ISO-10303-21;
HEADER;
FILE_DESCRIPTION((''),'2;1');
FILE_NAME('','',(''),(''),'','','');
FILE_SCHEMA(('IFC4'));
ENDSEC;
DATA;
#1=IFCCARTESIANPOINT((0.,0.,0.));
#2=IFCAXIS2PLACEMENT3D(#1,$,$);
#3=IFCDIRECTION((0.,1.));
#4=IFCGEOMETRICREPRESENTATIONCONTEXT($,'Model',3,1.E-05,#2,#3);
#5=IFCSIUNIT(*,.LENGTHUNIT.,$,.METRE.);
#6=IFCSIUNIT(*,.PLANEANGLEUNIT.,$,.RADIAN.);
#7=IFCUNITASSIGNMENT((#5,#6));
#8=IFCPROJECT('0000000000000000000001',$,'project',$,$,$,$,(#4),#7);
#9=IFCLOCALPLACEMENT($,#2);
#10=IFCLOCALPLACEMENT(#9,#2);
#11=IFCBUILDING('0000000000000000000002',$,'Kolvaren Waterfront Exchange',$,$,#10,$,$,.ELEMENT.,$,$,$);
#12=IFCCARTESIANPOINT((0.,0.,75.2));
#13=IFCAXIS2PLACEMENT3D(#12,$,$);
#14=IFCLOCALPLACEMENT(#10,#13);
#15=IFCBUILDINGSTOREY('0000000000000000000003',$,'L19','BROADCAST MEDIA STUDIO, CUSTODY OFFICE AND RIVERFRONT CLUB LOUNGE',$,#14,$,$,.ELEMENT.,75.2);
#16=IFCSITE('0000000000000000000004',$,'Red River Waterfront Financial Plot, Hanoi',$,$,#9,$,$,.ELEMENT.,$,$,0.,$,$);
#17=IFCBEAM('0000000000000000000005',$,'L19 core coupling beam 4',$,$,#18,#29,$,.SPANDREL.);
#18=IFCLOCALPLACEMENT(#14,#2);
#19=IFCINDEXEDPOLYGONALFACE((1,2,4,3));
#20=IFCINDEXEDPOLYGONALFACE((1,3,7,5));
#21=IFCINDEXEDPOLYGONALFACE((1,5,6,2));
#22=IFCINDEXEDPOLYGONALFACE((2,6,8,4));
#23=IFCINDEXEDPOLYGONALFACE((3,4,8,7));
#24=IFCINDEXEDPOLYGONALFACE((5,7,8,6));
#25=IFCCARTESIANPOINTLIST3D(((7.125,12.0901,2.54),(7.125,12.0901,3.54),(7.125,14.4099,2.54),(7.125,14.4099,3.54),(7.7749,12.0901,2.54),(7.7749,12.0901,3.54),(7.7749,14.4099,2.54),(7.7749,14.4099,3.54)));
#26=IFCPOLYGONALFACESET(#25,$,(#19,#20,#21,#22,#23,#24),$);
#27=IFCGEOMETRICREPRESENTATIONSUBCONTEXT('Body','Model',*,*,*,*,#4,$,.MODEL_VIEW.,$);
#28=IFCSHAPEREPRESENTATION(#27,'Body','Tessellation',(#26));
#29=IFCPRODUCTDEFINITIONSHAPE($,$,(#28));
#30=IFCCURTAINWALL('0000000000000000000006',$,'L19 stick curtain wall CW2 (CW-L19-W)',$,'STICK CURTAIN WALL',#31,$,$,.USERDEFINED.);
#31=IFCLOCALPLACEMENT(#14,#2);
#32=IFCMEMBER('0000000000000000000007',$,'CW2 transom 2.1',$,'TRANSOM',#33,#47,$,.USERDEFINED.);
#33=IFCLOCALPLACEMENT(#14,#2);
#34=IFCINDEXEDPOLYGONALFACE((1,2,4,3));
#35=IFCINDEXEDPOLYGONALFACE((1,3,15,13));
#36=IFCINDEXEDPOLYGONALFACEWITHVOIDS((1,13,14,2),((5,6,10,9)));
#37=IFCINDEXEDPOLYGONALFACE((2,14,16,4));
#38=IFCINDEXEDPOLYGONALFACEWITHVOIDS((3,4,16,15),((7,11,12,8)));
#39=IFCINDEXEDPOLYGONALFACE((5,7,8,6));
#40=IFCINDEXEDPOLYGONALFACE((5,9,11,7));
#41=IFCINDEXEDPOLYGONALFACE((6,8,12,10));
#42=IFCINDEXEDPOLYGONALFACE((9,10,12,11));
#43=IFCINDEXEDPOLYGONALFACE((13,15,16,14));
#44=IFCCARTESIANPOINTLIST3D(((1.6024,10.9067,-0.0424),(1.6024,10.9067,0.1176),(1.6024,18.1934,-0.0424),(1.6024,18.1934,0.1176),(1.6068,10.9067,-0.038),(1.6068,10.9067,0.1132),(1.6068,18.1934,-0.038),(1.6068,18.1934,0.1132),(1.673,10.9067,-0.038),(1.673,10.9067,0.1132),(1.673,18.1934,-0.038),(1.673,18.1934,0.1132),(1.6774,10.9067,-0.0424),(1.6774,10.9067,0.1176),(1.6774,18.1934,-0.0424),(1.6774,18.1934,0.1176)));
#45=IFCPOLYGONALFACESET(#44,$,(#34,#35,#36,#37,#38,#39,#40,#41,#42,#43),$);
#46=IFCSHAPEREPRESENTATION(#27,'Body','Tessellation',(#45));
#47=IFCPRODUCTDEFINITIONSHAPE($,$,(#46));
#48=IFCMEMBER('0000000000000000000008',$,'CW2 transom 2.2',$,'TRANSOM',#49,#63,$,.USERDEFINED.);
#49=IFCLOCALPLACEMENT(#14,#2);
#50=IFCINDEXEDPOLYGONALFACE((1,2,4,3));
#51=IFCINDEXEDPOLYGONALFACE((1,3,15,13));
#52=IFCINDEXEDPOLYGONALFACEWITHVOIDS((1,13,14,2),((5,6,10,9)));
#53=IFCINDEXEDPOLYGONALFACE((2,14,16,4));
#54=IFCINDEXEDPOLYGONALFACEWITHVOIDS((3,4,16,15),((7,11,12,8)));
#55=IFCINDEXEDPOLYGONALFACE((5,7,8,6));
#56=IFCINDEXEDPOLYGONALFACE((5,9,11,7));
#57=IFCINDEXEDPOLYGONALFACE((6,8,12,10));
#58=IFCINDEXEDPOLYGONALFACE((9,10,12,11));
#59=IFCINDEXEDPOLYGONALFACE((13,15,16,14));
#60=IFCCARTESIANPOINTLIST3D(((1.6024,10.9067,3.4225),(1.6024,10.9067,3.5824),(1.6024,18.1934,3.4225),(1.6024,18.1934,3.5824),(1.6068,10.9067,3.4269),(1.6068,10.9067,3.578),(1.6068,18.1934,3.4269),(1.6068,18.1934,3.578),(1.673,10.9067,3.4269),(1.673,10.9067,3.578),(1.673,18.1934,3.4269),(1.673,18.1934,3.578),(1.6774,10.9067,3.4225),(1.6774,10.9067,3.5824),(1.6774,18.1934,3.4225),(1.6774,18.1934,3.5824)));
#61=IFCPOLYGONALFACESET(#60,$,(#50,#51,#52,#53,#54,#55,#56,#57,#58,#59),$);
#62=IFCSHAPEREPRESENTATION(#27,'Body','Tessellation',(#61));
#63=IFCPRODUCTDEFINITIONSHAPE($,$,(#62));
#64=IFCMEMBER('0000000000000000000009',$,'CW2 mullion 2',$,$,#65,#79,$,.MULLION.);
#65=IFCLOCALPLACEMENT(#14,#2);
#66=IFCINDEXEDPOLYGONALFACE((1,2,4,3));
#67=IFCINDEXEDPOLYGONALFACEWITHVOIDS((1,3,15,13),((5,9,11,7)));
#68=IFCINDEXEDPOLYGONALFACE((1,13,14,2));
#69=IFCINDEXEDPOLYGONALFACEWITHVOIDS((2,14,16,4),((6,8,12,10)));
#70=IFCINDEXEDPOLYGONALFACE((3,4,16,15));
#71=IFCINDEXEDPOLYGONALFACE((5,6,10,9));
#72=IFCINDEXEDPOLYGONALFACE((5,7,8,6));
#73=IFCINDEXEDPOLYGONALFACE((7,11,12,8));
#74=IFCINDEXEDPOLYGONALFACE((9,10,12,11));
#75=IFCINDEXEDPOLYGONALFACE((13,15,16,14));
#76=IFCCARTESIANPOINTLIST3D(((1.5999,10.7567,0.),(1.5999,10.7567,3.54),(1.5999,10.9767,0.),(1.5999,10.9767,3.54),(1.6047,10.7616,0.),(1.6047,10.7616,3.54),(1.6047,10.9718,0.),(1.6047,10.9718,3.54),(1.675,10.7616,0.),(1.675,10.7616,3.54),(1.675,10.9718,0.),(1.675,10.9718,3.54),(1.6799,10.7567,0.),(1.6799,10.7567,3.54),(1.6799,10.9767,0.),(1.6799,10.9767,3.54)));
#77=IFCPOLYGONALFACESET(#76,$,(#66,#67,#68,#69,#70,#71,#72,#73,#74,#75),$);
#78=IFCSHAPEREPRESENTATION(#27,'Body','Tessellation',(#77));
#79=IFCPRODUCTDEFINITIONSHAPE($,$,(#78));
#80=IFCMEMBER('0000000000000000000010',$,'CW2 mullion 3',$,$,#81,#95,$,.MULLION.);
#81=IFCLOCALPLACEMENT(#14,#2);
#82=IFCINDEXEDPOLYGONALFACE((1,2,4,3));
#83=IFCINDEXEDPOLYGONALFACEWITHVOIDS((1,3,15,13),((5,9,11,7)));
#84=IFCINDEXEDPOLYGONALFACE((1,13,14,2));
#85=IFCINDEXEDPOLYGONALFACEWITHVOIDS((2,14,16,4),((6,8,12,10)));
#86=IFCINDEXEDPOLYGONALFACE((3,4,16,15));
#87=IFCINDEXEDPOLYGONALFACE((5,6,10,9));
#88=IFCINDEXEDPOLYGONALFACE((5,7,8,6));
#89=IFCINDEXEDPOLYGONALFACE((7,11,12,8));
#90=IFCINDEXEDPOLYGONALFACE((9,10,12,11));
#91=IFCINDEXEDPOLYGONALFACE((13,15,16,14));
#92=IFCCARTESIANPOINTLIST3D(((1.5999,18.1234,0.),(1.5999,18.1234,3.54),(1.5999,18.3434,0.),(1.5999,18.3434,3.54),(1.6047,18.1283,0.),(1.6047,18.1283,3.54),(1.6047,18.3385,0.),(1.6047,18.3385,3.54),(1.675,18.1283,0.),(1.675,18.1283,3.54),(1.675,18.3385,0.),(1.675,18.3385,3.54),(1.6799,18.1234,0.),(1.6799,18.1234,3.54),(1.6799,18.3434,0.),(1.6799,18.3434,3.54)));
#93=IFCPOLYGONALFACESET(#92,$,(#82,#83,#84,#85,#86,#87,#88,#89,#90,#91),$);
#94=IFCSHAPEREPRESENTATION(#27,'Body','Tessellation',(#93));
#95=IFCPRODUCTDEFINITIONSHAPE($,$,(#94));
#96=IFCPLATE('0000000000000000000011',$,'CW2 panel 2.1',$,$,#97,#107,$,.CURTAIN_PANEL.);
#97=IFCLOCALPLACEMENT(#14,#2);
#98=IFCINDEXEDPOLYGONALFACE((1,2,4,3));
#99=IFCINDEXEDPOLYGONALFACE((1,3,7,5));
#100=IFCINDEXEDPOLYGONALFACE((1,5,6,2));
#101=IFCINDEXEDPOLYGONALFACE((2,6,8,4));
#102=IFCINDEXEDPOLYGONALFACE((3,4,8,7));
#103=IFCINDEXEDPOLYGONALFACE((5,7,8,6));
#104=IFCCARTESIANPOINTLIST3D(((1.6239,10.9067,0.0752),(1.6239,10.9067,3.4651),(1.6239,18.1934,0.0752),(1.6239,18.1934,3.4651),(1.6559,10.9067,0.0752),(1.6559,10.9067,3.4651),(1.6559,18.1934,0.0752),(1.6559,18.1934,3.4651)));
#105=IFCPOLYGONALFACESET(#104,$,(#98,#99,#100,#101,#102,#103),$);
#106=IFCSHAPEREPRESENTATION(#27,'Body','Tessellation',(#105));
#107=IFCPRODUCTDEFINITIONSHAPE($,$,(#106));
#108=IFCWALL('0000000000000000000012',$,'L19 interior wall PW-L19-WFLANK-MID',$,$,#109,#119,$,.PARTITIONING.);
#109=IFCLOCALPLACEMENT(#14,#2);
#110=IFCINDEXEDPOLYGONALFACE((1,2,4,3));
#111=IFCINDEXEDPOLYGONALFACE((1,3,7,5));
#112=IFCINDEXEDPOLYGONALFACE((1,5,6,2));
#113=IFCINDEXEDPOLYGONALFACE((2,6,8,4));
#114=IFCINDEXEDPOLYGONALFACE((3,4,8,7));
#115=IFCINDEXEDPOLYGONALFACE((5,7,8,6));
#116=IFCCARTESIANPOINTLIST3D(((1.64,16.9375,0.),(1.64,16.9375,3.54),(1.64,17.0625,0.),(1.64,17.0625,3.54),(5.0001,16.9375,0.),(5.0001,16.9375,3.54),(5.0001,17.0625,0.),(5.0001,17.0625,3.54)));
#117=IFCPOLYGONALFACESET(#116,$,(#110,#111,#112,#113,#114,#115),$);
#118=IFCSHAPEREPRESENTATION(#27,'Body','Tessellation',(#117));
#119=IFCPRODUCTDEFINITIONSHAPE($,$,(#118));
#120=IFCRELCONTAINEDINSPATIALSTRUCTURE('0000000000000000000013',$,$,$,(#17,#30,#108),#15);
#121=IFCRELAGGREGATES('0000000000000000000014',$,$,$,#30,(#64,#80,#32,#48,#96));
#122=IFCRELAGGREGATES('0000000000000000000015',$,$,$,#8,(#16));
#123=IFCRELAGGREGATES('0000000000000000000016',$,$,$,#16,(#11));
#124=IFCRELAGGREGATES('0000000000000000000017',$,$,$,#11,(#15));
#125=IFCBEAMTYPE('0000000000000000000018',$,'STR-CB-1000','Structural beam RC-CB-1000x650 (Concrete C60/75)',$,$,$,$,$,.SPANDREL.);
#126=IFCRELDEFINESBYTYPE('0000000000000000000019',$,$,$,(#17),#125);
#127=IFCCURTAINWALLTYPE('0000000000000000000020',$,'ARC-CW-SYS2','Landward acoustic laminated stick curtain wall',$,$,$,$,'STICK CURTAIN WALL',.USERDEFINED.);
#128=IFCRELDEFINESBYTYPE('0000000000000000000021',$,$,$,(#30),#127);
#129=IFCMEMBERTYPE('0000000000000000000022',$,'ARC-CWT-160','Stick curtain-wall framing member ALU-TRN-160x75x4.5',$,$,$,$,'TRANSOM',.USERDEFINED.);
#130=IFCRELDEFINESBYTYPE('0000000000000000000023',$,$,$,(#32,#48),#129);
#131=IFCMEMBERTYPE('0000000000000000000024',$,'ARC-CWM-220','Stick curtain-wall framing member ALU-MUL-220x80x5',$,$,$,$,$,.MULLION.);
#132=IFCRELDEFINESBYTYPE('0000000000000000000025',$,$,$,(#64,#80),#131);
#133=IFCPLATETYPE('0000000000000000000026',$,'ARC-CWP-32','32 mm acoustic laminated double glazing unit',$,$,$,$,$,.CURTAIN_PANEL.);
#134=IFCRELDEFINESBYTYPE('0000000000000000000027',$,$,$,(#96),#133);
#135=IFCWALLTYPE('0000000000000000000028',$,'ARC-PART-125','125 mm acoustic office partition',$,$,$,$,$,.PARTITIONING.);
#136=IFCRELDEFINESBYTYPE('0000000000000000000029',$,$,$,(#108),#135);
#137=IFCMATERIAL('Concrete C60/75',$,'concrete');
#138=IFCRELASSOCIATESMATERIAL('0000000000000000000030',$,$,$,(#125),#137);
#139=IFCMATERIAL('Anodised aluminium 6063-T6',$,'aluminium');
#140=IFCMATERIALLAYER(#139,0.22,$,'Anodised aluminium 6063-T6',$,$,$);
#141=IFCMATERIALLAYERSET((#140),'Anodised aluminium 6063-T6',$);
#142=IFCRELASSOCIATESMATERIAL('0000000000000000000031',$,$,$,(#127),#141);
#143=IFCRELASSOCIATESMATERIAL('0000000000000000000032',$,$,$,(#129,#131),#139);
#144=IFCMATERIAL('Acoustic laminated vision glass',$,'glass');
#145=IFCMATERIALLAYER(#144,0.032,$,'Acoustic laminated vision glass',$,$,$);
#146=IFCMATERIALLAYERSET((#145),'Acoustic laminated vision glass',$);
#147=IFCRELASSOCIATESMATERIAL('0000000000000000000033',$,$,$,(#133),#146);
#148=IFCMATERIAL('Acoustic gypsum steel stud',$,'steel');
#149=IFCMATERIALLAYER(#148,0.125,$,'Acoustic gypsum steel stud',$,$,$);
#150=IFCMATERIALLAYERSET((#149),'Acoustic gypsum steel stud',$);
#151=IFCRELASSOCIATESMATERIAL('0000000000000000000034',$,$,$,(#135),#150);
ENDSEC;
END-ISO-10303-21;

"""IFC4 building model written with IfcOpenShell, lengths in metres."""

from ifc_helpers import new_model, si_unit, direction, frame, frame_2d, origin, origin_with_axes, origin_2d, place, context, subcontext, project, spatial, rectangle, hollow_rectangle, extrude, source, transform, mapped, material, layer, layer_set, material_profile, profile_set, type_object, element, aggregate, save


model = new_model("IFC4")

# Units and contexts
model_context = context("Model", 3, precision=1e-05, world=origin(), true_north=direction((0.0, 1.0)))
body_context = subcontext(model_context, "Body", "Model", "MODEL_VIEW")
ifc_project = project(units=[si_unit("LENGTHUNIT", "METRE"), si_unit("PLANEANGLEUNIT", "RADIAN")], contexts=[model_context])

# Site, building, storey
site_placement = place(None, origin())
site = spatial("IfcSite", under=ifc_project, at=site_placement, Name="Red River Waterfront Financial Plot, Hanoi", CompositionType="ELEMENT", RefElevation=0.0)
building_placement = place(site_placement, origin())
building = spatial("IfcBuilding", under=site, at=building_placement, Name="Kolvaren Waterfront Exchange", CompositionType="ELEMENT")
storey_placement = place(building_placement, frame((0.0, 0.0, 75.2)))
storey = spatial("IfcBuildingStorey", under=building, at=storey_placement, Name="L19", Description="BROADCAST MEDIA STUDIO, CUSTODY OFFICE AND RIVERFRONT CLUB LOUNGE", CompositionType="ELEMENT", Elevation=75.2)

# Beam
ifc_material_1 = material(Name="Concrete C60/75", Category="concrete")
ifc_material_profile_1 = material_profile(ifc_material_1, rectangle(XDim=0.6499, YDim=1.0, at=origin_2d()), Name="RC-CB-1000x650")
ifc_profile_set_1 = profile_set([ifc_material_profile_1], Name="Concrete C60/75")
beam_type = type_object("IfcBeamType", Name="STR-CB-1000", Description="Structural beam RC-CB-1000x650 (Concrete C60/75)", PredefinedType="SPANDREL", material=ifc_profile_set_1)
beam_placement = place(storey_placement, frame((7.45, 12.0901, 3.04), z_axis=(0.0, 1.0, 0.0), x_axis=(-1.0, 0.0, 0.0)))
element("IfcBeam", 1, at=beam_placement, inside=storey, type_object=beam_type, Name="L19 core coupling beam 4", PredefinedType="SPANDREL", context=body_context, shape_type="SweptSolid", body=[
    extrude(rectangle(XDim=0.6499, YDim=1.0, at=origin_2d()), origin(), (0.0, 0.0, 1.0), 2.3198),
])

# Curtain wall, members, plate
ifc_material_2 = material(Name="Anodised aluminium 6063-T6", Category="aluminium")
ifc_layer_1 = layer(ifc_material_2, 0.22, Name="Anodised aluminium 6063-T6")
ifc_layer_set_1 = layer_set([ifc_layer_1], Name="Anodised aluminium 6063-T6")
curtain_wall_type = type_object("IfcCurtainWallType", Name="ARC-CW-SYS2", Description="Landward acoustic laminated stick curtain wall", ElementType="STICK CURTAIN WALL", PredefinedType="USERDEFINED", material=ifc_layer_set_1)
curtain_wall_placement = place(storey_placement, origin())
curtain_wall = element("IfcCurtainWall", 2, at=curtain_wall_placement, inside=storey, type_object=curtain_wall_type, Name="L19 stick curtain wall CW2 (CW-L19-W)", ObjectType="STICK CURTAIN WALL", PredefinedType="USERDEFINED")
ifc_material_profile_2 = material_profile(ifc_material_2, hollow_rectangle(XDim=0.075, YDim=0.1599, WallThickness=0.0044, at=origin_2d()), Name="ALU-TRN-160x75x4.5")
ifc_profile_set_2 = profile_set([ifc_material_profile_2], Name="Anodised aluminium 6063-T6")
member_type_1 = type_object("IfcMemberType", Name="ARC-CWT-160", Description="Stick curtain-wall framing member ALU-TRN-160x75x4.5", ElementType="TRANSOM", PredefinedType="USERDEFINED", material=ifc_profile_set_2)
shared_shape_1 = source(origin_with_axes(), body_context, "Body", "SweptSolid", [
    extrude(hollow_rectangle(XDim=0.075, YDim=0.1599, WallThickness=0.0044, at=origin_2d()), origin(), (0.0, 0.0, 1.0), 7.2866),
])
member_1_placement = place(storey_placement, frame((1.6399, 10.9067, 0.0376), z_axis=(0.0, 1.0, 0.0), x_axis=(-1.0, 0.0, 0.0)))
member_1 = element("IfcMember", 3, at=member_1_placement, type_object=member_type_1, Name="CW2 transom 2.1", ObjectType="TRANSOM", PredefinedType="USERDEFINED", context=body_context, shape_type="MappedRepresentation", body=[
    mapped(shared_shape_1, transform((0.0, 0.0, 0.0), x_axis=(1.0, 0.0, 0.0), y_axis=(0.0, 1.0, 0.0), z_axis=(0.0, 0.0, 1.0), scale=1.0)),
])
member_2_placement = place(storey_placement, frame((1.6399, 10.9067, 3.5024), z_axis=(0.0, 1.0, 0.0), x_axis=(-1.0, 0.0, 0.0)))
member_2 = element("IfcMember", 4, at=member_2_placement, type_object=member_type_1, Name="CW2 transom 2.2", ObjectType="TRANSOM", PredefinedType="USERDEFINED", context=body_context, shape_type="MappedRepresentation", body=[
    mapped(shared_shape_1, transform((0.0, 0.0, 0.0), x_axis=(1.0, 0.0, 0.0), y_axis=(0.0, 1.0, 0.0), z_axis=(0.0, 0.0, 1.0), scale=1.0)),
])
ifc_material_profile_3 = material_profile(ifc_material_2, hollow_rectangle(XDim=0.0801, YDim=0.22, WallThickness=0.0049, at=origin_2d()), Name="ALU-MUL-220x80x5")
ifc_profile_set_3 = profile_set([ifc_material_profile_3], Name="Anodised aluminium 6063-T6")
member_type_2 = type_object("IfcMemberType", Name="ARC-CWM-220", Description="Stick curtain-wall framing member ALU-MUL-220x80x5", PredefinedType="MULLION", material=ifc_profile_set_3)
shared_shape_2 = source(origin_with_axes(), body_context, "Body", "SweptSolid", [
    extrude(hollow_rectangle(XDim=0.0801, YDim=0.22, WallThickness=0.0049, at=origin_2d()), origin(), (0.0, 0.0, 1.0), 3.54),
])
member_3_placement = place(storey_placement, frame((1.6399, 10.8667, 0.0), z_axis=(0.0, 0.0, 1.0), x_axis=(-1.0, 0.0, 0.0)))
member_3 = element("IfcMember", 5, at=member_3_placement, type_object=member_type_2, Name="CW2 mullion 2", PredefinedType="MULLION", context=body_context, shape_type="MappedRepresentation", body=[
    mapped(shared_shape_2, transform((0.0, 0.0, 0.0), x_axis=(1.0, 0.0, 0.0), y_axis=(0.0, 1.0, 0.0), z_axis=(0.0, 0.0, 1.0), scale=1.0)),
])
member_4_placement = place(storey_placement, frame((1.6399, 18.2334, 0.0), z_axis=(0.0, 0.0, 1.0), x_axis=(-1.0, 0.0, 0.0)))
member_4 = element("IfcMember", 6, at=member_4_placement, type_object=member_type_2, Name="CW2 mullion 3", PredefinedType="MULLION", context=body_context, shape_type="MappedRepresentation", body=[
    mapped(shared_shape_2, transform((0.0, 0.0, 0.0), x_axis=(1.0, 0.0, 0.0), y_axis=(0.0, 1.0, 0.0), z_axis=(0.0, 0.0, 1.0), scale=1.0)),
])
ifc_material_3 = material(Name="Acoustic laminated vision glass", Category="glass")
ifc_layer_2 = layer(ifc_material_3, 0.032, Name="Acoustic laminated vision glass")
ifc_layer_set_2 = layer_set([ifc_layer_2], Name="Acoustic laminated vision glass")
plate_type = type_object("IfcPlateType", Name="ARC-CWP-32", Description="32 mm acoustic laminated double glazing unit", PredefinedType="CURTAIN_PANEL", material=ifc_layer_set_2)
shared_shape_3 = source(origin_with_axes(), body_context, "Body", "SweptSolid", [
    extrude(rectangle(XDim=7.2866, YDim=0.032, at=origin_2d()), origin(), (0.0, 0.0, 1.0), 3.3899),
])
plate_placement = place(storey_placement, frame((1.6399, 14.55, 0.0752), z_axis=(0.0, 0.0, 1.0), x_axis=(0.0, 1.0, 0.0)))
plate = element("IfcPlate", 7, at=plate_placement, type_object=plate_type, Name="CW2 panel 2.1", PredefinedType="CURTAIN_PANEL", context=body_context, shape_type="MappedRepresentation", body=[
    mapped(shared_shape_3, transform((0.0, 0.0, 0.0), x_axis=(1.0, 0.0, 0.0), y_axis=(0.0, 1.0, 0.0), z_axis=(0.0, 0.0, 1.0), scale=1.0)),
])
aggregate(curtain_wall, [member_3, member_4, member_1, member_2, plate])

# Wall
ifc_material_4 = material(Name="Acoustic gypsum steel stud", Category="steel")
ifc_layer_3 = layer(ifc_material_4, 0.125, Name="Acoustic gypsum steel stud")
ifc_layer_set_3 = layer_set([ifc_layer_3], Name="Acoustic gypsum steel stud")
wall_type_1 = type_object("IfcWallType", Name="ARC-PART-125", Description="125 mm acoustic office partition", PredefinedType="PARTITIONING", material=ifc_layer_set_3)
wall_1_placement = place(storey_placement, frame((1.6399, 17.0, 0.0), z_axis=(0.0, 0.0, 1.0), x_axis=(1.0, 0.0, 0.0)))
element("IfcWall", 8, at=wall_1_placement, inside=storey, type_object=wall_type_1, Name="L19 interior wall PW-L19-WFLANK-MID", PredefinedType="PARTITIONING", context=body_context, shape_type="SweptSolid", body=[
    extrude(rectangle(XDim=3.3601, YDim=0.125, at=frame_2d((1.6802, 0.0))), origin(), (0.0, 0.0, 1.0), 3.54),
])

save(model, "model.ifc")
